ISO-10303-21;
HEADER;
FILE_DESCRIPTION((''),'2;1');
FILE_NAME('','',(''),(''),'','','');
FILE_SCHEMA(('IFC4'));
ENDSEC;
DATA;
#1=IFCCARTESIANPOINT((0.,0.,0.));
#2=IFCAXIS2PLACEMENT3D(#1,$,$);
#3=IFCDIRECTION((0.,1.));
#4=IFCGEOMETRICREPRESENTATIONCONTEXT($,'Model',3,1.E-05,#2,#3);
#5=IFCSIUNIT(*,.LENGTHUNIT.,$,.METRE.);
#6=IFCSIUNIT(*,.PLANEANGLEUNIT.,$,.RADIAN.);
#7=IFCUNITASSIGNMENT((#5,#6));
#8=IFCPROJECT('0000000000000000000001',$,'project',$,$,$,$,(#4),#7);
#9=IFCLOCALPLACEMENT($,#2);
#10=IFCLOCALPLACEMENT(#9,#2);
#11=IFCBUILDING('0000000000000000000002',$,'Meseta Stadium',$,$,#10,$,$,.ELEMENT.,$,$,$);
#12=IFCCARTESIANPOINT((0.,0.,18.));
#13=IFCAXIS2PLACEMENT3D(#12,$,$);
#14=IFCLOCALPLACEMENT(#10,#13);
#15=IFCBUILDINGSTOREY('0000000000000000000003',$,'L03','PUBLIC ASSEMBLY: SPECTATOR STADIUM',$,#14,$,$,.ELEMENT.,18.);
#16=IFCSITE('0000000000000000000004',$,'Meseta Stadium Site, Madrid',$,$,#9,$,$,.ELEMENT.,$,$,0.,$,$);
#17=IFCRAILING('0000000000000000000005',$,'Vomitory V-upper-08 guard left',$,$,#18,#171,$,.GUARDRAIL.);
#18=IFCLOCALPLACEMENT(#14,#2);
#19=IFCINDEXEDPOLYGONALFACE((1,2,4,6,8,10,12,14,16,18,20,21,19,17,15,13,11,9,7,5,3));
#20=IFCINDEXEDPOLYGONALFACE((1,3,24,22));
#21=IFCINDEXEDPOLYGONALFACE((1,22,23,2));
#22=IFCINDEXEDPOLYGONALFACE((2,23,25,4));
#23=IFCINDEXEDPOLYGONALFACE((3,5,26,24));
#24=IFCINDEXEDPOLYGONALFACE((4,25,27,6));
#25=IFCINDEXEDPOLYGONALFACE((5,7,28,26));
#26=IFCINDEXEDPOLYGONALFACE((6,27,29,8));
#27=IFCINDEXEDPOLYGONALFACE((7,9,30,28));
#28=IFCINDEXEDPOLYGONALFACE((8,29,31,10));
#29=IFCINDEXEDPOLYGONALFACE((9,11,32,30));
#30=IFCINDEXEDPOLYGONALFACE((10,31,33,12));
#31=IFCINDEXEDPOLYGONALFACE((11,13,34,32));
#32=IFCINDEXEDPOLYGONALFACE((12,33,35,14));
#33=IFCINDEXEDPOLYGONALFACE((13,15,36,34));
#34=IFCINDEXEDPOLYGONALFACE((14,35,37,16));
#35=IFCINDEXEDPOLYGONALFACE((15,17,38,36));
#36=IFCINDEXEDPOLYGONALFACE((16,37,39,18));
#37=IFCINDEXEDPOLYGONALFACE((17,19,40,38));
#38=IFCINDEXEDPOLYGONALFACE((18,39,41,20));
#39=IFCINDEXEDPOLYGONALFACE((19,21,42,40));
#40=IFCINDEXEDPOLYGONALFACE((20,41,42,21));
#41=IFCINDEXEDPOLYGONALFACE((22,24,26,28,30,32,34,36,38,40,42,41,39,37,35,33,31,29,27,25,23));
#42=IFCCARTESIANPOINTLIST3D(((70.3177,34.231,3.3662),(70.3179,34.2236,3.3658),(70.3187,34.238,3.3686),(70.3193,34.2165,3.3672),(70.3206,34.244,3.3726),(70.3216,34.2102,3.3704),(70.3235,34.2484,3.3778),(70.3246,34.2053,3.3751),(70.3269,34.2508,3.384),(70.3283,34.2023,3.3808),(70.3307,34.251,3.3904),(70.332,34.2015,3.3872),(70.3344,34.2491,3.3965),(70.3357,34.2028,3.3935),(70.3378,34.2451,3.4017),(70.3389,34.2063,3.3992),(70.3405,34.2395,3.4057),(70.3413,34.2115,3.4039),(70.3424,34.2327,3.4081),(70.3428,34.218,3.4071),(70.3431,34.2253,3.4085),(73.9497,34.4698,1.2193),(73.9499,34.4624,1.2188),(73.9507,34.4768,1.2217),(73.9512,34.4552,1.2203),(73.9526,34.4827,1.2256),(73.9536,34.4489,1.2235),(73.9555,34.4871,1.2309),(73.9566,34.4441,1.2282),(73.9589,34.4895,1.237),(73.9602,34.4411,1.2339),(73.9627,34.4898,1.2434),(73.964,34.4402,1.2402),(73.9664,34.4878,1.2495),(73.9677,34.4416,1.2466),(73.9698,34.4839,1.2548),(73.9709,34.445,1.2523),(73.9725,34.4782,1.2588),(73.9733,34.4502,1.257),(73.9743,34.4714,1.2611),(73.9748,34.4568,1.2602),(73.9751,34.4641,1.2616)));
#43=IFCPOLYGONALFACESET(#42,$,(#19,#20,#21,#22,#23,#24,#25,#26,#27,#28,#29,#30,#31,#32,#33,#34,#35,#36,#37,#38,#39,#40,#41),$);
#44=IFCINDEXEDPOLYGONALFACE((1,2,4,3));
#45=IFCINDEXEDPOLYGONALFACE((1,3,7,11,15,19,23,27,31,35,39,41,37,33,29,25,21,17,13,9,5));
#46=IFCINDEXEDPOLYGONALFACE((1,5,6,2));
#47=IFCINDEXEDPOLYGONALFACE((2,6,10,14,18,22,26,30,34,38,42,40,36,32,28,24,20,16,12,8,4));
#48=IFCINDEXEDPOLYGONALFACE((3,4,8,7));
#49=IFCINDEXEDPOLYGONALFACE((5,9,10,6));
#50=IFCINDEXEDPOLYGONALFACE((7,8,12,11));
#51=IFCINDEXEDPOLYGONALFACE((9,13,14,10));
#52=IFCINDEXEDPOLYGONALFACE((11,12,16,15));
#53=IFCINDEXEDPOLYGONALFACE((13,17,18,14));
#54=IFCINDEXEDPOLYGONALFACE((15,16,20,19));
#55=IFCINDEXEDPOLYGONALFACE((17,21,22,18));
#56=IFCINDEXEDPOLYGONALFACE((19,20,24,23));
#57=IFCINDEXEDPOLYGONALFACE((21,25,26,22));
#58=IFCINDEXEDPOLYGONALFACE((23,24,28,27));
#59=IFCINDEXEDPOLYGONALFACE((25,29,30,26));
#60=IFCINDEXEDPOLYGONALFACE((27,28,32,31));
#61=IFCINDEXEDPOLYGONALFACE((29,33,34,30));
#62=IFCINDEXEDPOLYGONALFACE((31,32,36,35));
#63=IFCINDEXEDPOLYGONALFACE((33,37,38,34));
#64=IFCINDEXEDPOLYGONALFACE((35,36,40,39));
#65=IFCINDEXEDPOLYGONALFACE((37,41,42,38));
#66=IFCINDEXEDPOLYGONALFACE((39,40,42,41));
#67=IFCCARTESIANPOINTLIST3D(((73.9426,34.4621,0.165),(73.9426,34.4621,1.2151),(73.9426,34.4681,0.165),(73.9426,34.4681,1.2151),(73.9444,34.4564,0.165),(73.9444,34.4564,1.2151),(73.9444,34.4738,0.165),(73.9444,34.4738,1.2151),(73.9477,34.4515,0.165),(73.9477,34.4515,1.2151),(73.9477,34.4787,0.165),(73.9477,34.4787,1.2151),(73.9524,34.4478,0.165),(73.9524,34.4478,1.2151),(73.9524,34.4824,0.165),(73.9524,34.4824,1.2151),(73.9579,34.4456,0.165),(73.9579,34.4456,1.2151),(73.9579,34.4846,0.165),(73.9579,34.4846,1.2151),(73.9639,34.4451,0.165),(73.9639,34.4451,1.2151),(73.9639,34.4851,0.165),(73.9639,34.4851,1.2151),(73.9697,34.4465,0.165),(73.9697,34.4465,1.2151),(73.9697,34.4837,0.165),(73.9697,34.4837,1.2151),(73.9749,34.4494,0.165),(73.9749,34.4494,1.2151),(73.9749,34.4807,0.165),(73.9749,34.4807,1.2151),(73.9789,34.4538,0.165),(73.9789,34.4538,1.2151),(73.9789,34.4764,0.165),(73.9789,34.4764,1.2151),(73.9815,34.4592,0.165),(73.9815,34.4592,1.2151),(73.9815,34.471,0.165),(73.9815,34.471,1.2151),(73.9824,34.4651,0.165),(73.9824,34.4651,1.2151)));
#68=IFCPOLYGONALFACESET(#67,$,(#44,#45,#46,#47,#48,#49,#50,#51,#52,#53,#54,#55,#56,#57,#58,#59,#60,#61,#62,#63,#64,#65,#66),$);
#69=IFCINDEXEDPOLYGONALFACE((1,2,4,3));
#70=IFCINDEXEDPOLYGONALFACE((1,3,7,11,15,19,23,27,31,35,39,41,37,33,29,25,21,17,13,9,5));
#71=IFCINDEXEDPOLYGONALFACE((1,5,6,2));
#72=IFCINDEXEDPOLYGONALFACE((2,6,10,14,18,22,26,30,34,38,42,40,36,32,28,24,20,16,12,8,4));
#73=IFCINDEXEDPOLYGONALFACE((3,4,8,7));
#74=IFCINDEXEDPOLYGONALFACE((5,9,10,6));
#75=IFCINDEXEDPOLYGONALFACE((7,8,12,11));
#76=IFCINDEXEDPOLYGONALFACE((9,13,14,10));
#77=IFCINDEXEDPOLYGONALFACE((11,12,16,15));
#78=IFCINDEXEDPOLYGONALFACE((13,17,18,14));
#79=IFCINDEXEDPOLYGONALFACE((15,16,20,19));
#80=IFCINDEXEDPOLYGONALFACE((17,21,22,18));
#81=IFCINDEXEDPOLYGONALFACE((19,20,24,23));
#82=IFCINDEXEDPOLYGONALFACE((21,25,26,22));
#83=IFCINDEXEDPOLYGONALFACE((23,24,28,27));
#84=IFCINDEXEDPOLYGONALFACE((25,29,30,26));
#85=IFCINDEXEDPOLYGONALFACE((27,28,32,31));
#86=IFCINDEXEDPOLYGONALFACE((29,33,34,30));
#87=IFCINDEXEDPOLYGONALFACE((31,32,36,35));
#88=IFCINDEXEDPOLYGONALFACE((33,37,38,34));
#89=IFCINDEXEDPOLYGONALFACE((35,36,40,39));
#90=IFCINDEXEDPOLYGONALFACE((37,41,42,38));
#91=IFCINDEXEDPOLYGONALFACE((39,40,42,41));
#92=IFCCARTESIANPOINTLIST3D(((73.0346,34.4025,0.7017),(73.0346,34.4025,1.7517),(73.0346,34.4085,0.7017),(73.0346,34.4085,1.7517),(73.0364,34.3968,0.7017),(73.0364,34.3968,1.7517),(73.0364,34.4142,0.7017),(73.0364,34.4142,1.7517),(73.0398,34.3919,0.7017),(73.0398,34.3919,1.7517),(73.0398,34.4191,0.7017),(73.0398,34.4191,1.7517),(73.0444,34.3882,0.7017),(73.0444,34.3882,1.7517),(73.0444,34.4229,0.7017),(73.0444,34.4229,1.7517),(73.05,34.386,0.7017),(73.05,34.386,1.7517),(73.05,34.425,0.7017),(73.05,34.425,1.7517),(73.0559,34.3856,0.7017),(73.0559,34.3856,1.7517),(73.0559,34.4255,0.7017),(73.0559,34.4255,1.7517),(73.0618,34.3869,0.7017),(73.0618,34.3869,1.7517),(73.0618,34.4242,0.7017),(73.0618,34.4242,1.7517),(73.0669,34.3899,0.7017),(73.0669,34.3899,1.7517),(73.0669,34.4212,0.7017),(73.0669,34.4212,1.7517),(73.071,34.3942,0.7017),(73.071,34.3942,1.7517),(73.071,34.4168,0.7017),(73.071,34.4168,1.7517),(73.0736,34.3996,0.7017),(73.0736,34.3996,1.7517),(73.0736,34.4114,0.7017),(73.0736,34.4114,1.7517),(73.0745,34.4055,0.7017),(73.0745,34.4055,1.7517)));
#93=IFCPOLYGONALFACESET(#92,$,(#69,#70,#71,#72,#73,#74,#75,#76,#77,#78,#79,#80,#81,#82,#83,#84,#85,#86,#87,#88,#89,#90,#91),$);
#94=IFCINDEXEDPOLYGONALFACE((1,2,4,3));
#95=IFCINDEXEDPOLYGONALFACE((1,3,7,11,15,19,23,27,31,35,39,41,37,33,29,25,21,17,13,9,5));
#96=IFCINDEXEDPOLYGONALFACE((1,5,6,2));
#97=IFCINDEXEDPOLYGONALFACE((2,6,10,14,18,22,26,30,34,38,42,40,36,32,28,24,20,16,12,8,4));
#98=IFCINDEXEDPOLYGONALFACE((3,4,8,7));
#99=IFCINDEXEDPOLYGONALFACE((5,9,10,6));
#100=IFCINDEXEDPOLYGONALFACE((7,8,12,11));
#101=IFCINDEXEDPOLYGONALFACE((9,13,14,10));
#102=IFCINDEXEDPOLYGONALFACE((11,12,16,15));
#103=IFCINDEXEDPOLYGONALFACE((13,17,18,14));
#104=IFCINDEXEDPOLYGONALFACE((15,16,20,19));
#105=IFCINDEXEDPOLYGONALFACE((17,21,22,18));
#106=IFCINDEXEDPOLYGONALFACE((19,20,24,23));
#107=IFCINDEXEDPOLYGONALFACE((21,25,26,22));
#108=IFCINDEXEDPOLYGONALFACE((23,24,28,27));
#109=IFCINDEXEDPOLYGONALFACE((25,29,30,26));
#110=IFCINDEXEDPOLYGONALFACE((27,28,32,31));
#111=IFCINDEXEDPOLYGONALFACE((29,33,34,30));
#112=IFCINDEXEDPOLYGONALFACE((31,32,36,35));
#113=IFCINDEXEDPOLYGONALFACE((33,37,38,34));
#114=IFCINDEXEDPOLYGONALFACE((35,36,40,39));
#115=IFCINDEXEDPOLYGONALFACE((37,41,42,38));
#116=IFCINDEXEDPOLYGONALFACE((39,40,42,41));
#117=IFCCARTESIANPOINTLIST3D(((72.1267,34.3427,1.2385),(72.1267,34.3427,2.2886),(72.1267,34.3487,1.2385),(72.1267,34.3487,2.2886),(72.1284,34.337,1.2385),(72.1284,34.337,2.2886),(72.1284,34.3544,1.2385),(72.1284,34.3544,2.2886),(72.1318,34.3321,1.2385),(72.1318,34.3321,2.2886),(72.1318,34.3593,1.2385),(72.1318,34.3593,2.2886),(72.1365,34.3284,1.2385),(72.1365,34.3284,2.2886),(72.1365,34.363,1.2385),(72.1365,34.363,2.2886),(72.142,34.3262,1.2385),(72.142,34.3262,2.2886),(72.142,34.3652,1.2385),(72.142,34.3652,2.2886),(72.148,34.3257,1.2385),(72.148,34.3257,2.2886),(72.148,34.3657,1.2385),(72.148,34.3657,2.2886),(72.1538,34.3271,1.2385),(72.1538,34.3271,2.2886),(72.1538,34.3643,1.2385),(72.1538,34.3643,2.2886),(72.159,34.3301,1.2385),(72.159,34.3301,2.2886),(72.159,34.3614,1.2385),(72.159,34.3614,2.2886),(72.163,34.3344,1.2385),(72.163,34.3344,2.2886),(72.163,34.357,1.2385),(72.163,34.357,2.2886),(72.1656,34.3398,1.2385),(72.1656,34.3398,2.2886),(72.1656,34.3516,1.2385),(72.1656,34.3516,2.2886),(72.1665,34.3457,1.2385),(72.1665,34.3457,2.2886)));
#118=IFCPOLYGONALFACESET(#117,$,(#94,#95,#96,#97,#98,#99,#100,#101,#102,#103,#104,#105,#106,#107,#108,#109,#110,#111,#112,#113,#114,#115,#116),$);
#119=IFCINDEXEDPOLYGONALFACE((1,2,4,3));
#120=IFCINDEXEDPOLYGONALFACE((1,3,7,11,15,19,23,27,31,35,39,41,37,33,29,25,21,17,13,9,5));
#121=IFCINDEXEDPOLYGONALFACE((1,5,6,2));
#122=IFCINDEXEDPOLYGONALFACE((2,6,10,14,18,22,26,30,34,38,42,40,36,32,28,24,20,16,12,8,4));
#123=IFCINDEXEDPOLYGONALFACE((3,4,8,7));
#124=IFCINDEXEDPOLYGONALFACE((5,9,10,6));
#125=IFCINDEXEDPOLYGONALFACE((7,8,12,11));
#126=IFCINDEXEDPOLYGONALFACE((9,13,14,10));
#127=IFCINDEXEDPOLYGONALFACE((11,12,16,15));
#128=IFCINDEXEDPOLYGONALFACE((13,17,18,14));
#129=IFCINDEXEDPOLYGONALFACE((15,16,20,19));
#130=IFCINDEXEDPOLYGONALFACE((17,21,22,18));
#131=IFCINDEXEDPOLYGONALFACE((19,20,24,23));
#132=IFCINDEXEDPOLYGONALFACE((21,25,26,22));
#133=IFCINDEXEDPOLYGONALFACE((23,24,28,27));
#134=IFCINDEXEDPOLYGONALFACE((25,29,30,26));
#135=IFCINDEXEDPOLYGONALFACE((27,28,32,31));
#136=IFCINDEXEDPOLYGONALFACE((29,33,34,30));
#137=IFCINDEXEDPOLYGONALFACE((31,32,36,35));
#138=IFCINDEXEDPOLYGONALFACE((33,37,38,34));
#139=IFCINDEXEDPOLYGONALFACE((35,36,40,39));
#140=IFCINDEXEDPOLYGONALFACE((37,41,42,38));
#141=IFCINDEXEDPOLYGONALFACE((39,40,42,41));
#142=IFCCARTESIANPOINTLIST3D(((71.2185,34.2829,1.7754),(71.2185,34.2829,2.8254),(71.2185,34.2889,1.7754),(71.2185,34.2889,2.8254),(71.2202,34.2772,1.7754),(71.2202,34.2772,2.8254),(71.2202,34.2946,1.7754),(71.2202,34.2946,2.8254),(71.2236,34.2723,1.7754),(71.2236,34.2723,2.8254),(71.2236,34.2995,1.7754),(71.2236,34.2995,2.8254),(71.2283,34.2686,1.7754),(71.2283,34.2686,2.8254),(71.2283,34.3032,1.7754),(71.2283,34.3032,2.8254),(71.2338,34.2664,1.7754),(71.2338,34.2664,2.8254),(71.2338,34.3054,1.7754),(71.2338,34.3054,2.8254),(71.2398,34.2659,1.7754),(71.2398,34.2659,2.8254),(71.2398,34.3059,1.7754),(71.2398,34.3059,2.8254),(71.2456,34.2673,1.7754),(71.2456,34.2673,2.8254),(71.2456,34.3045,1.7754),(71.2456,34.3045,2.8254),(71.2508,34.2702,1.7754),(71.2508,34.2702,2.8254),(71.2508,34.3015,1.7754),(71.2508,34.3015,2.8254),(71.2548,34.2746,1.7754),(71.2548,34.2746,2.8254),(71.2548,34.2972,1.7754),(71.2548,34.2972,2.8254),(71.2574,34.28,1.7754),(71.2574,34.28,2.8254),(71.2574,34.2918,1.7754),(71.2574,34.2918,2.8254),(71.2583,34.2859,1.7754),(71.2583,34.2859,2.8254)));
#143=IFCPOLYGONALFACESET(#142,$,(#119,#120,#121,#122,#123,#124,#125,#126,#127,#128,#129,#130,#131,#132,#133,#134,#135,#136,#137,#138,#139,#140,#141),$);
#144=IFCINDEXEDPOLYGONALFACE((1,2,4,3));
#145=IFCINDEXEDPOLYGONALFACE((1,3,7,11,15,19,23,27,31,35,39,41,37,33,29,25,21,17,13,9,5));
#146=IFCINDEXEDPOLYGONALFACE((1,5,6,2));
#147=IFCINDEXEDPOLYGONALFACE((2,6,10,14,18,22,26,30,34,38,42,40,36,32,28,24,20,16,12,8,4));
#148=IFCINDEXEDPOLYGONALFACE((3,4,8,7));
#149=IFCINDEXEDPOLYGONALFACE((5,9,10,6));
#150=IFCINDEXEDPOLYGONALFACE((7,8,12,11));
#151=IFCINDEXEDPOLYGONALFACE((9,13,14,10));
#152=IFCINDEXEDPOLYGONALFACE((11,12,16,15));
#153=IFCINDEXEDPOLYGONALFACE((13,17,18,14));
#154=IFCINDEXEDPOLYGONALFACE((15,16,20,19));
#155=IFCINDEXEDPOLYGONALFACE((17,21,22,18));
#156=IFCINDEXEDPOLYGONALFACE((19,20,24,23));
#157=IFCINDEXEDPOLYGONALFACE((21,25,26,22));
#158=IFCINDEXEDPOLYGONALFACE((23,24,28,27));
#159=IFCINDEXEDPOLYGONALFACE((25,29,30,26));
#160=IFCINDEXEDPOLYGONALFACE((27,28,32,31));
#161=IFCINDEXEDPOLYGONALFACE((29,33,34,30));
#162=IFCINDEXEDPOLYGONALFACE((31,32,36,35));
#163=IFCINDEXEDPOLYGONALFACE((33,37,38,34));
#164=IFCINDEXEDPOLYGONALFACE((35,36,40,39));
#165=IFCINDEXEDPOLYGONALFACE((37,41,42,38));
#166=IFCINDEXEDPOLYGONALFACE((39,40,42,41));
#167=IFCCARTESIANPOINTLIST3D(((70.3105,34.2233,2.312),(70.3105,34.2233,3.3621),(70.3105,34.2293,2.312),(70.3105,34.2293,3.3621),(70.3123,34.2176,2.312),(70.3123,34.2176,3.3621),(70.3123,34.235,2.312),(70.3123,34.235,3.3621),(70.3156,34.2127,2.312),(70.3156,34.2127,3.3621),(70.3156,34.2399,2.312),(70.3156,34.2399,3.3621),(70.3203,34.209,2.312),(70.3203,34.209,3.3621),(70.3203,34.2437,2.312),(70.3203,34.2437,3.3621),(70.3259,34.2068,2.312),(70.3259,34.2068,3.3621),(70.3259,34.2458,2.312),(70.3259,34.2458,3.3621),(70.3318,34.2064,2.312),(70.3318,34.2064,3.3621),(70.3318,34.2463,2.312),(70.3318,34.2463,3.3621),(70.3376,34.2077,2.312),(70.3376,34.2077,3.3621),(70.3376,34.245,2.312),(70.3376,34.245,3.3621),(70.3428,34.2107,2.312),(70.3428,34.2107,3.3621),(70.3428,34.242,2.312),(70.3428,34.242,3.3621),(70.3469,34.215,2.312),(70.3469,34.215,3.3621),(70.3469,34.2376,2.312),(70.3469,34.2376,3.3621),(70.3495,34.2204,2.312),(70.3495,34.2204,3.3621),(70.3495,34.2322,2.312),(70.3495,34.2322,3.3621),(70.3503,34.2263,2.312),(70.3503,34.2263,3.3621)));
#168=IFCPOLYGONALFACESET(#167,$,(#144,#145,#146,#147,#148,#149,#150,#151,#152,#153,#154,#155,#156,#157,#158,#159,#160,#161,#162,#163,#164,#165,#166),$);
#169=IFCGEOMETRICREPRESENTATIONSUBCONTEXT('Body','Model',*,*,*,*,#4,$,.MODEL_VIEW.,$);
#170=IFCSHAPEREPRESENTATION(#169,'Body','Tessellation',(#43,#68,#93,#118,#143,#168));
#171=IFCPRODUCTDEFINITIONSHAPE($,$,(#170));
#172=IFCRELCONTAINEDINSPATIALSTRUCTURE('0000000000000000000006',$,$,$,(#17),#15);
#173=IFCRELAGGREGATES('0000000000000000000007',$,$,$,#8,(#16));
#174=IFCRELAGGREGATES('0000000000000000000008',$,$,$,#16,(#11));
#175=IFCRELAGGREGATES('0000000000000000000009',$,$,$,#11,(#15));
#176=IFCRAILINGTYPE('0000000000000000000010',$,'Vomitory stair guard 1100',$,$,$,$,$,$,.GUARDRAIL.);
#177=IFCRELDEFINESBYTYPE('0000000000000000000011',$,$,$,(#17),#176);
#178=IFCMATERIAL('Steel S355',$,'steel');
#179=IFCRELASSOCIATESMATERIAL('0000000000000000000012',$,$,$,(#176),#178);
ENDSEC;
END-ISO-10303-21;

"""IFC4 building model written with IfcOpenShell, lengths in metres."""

from ifc_helpers import new_model, si_unit, direction, frame, origin, origin_2d, place, context, subcontext, project, spatial, circle, extrude, material, type_object, element, save


model = new_model("IFC4")

# Units and contexts
model_context = context("Model", 3, precision=1e-05, world=origin(), true_north=direction((0.0, 1.0)))
body_context = subcontext(model_context, "Body", "Model", "MODEL_VIEW")
ifc_project = project(units=[si_unit("LENGTHUNIT", "METRE"), si_unit("PLANEANGLEUNIT", "RADIAN")], contexts=[model_context])

# Site, building, storey
site_placement = place(None, origin())
site = spatial("IfcSite", under=ifc_project, at=site_placement, Name="Meseta Stadium Site, Madrid", CompositionType="ELEMENT", RefElevation=0.0)
building_placement = place(site_placement, origin())
building = spatial("IfcBuilding", under=site, at=building_placement, Name="Meseta Stadium", CompositionType="ELEMENT")
storey_placement = place(building_placement, frame((0.0, 0.0, 18.0)))
storey = spatial("IfcBuildingStorey", under=building, at=storey_placement, Name="L03", Description="PUBLIC ASSEMBLY: SPECTATOR STADIUM", CompositionType="ELEMENT", Elevation=18.0)

# Railing
ifc_material_1 = material(Name="Steel S355", Category="steel")
railing_type_1 = type_object("IfcRailingType", Name="Vomitory stair guard 1100", PredefinedType="GUARDRAIL", material=ifc_material_1)
for number, where, name in (
    (1, (73.9624, 34.4651, 0.165), "Vomitory V-upper-08 guard left"),
):
    element("IfcRailing", number, at=place(storey_placement, frame(where)), inside=storey, type_object=railing_type_1, Name=name, PredefinedType="GUARDRAIL", context=body_context, shape_type="SweptSolid", body=[
        extrude(circle(Radius=0.0249, at=origin_2d()), frame((0.0, 0.0, 1.0752), z_axis=(-0.859474, -0.056501, 0.508047), x_axis=(0.065597, -0.997846, 0.0)), (0.0, 0.0, 1.0), 4.2258),
        extrude(circle(Radius=0.02, at=origin_2d()), origin(), (0.0, 0.0, 1.0), 1.05),
        extrude(circle(Radius=0.02, at=origin_2d()), frame((-0.908, -0.0596, 0.5366)), (0.0, 0.0, 1.0), 1.05),
        extrude(circle(Radius=0.02, at=origin_2d()), frame((-1.8159, -0.1194, 1.0735)), (0.0, 0.0, 1.0), 1.05),
        extrude(circle(Radius=0.02, at=origin_2d()), frame((-2.7241, -0.1792, 1.6104)), (0.0, 0.0, 1.0), 1.05),
        extrude(circle(Radius=0.02, at=origin_2d()), frame((-3.6321, -0.2388, 2.147)), (0.0, 0.0, 1.0), 1.05),
    ])

save(model, "model.ifc")
